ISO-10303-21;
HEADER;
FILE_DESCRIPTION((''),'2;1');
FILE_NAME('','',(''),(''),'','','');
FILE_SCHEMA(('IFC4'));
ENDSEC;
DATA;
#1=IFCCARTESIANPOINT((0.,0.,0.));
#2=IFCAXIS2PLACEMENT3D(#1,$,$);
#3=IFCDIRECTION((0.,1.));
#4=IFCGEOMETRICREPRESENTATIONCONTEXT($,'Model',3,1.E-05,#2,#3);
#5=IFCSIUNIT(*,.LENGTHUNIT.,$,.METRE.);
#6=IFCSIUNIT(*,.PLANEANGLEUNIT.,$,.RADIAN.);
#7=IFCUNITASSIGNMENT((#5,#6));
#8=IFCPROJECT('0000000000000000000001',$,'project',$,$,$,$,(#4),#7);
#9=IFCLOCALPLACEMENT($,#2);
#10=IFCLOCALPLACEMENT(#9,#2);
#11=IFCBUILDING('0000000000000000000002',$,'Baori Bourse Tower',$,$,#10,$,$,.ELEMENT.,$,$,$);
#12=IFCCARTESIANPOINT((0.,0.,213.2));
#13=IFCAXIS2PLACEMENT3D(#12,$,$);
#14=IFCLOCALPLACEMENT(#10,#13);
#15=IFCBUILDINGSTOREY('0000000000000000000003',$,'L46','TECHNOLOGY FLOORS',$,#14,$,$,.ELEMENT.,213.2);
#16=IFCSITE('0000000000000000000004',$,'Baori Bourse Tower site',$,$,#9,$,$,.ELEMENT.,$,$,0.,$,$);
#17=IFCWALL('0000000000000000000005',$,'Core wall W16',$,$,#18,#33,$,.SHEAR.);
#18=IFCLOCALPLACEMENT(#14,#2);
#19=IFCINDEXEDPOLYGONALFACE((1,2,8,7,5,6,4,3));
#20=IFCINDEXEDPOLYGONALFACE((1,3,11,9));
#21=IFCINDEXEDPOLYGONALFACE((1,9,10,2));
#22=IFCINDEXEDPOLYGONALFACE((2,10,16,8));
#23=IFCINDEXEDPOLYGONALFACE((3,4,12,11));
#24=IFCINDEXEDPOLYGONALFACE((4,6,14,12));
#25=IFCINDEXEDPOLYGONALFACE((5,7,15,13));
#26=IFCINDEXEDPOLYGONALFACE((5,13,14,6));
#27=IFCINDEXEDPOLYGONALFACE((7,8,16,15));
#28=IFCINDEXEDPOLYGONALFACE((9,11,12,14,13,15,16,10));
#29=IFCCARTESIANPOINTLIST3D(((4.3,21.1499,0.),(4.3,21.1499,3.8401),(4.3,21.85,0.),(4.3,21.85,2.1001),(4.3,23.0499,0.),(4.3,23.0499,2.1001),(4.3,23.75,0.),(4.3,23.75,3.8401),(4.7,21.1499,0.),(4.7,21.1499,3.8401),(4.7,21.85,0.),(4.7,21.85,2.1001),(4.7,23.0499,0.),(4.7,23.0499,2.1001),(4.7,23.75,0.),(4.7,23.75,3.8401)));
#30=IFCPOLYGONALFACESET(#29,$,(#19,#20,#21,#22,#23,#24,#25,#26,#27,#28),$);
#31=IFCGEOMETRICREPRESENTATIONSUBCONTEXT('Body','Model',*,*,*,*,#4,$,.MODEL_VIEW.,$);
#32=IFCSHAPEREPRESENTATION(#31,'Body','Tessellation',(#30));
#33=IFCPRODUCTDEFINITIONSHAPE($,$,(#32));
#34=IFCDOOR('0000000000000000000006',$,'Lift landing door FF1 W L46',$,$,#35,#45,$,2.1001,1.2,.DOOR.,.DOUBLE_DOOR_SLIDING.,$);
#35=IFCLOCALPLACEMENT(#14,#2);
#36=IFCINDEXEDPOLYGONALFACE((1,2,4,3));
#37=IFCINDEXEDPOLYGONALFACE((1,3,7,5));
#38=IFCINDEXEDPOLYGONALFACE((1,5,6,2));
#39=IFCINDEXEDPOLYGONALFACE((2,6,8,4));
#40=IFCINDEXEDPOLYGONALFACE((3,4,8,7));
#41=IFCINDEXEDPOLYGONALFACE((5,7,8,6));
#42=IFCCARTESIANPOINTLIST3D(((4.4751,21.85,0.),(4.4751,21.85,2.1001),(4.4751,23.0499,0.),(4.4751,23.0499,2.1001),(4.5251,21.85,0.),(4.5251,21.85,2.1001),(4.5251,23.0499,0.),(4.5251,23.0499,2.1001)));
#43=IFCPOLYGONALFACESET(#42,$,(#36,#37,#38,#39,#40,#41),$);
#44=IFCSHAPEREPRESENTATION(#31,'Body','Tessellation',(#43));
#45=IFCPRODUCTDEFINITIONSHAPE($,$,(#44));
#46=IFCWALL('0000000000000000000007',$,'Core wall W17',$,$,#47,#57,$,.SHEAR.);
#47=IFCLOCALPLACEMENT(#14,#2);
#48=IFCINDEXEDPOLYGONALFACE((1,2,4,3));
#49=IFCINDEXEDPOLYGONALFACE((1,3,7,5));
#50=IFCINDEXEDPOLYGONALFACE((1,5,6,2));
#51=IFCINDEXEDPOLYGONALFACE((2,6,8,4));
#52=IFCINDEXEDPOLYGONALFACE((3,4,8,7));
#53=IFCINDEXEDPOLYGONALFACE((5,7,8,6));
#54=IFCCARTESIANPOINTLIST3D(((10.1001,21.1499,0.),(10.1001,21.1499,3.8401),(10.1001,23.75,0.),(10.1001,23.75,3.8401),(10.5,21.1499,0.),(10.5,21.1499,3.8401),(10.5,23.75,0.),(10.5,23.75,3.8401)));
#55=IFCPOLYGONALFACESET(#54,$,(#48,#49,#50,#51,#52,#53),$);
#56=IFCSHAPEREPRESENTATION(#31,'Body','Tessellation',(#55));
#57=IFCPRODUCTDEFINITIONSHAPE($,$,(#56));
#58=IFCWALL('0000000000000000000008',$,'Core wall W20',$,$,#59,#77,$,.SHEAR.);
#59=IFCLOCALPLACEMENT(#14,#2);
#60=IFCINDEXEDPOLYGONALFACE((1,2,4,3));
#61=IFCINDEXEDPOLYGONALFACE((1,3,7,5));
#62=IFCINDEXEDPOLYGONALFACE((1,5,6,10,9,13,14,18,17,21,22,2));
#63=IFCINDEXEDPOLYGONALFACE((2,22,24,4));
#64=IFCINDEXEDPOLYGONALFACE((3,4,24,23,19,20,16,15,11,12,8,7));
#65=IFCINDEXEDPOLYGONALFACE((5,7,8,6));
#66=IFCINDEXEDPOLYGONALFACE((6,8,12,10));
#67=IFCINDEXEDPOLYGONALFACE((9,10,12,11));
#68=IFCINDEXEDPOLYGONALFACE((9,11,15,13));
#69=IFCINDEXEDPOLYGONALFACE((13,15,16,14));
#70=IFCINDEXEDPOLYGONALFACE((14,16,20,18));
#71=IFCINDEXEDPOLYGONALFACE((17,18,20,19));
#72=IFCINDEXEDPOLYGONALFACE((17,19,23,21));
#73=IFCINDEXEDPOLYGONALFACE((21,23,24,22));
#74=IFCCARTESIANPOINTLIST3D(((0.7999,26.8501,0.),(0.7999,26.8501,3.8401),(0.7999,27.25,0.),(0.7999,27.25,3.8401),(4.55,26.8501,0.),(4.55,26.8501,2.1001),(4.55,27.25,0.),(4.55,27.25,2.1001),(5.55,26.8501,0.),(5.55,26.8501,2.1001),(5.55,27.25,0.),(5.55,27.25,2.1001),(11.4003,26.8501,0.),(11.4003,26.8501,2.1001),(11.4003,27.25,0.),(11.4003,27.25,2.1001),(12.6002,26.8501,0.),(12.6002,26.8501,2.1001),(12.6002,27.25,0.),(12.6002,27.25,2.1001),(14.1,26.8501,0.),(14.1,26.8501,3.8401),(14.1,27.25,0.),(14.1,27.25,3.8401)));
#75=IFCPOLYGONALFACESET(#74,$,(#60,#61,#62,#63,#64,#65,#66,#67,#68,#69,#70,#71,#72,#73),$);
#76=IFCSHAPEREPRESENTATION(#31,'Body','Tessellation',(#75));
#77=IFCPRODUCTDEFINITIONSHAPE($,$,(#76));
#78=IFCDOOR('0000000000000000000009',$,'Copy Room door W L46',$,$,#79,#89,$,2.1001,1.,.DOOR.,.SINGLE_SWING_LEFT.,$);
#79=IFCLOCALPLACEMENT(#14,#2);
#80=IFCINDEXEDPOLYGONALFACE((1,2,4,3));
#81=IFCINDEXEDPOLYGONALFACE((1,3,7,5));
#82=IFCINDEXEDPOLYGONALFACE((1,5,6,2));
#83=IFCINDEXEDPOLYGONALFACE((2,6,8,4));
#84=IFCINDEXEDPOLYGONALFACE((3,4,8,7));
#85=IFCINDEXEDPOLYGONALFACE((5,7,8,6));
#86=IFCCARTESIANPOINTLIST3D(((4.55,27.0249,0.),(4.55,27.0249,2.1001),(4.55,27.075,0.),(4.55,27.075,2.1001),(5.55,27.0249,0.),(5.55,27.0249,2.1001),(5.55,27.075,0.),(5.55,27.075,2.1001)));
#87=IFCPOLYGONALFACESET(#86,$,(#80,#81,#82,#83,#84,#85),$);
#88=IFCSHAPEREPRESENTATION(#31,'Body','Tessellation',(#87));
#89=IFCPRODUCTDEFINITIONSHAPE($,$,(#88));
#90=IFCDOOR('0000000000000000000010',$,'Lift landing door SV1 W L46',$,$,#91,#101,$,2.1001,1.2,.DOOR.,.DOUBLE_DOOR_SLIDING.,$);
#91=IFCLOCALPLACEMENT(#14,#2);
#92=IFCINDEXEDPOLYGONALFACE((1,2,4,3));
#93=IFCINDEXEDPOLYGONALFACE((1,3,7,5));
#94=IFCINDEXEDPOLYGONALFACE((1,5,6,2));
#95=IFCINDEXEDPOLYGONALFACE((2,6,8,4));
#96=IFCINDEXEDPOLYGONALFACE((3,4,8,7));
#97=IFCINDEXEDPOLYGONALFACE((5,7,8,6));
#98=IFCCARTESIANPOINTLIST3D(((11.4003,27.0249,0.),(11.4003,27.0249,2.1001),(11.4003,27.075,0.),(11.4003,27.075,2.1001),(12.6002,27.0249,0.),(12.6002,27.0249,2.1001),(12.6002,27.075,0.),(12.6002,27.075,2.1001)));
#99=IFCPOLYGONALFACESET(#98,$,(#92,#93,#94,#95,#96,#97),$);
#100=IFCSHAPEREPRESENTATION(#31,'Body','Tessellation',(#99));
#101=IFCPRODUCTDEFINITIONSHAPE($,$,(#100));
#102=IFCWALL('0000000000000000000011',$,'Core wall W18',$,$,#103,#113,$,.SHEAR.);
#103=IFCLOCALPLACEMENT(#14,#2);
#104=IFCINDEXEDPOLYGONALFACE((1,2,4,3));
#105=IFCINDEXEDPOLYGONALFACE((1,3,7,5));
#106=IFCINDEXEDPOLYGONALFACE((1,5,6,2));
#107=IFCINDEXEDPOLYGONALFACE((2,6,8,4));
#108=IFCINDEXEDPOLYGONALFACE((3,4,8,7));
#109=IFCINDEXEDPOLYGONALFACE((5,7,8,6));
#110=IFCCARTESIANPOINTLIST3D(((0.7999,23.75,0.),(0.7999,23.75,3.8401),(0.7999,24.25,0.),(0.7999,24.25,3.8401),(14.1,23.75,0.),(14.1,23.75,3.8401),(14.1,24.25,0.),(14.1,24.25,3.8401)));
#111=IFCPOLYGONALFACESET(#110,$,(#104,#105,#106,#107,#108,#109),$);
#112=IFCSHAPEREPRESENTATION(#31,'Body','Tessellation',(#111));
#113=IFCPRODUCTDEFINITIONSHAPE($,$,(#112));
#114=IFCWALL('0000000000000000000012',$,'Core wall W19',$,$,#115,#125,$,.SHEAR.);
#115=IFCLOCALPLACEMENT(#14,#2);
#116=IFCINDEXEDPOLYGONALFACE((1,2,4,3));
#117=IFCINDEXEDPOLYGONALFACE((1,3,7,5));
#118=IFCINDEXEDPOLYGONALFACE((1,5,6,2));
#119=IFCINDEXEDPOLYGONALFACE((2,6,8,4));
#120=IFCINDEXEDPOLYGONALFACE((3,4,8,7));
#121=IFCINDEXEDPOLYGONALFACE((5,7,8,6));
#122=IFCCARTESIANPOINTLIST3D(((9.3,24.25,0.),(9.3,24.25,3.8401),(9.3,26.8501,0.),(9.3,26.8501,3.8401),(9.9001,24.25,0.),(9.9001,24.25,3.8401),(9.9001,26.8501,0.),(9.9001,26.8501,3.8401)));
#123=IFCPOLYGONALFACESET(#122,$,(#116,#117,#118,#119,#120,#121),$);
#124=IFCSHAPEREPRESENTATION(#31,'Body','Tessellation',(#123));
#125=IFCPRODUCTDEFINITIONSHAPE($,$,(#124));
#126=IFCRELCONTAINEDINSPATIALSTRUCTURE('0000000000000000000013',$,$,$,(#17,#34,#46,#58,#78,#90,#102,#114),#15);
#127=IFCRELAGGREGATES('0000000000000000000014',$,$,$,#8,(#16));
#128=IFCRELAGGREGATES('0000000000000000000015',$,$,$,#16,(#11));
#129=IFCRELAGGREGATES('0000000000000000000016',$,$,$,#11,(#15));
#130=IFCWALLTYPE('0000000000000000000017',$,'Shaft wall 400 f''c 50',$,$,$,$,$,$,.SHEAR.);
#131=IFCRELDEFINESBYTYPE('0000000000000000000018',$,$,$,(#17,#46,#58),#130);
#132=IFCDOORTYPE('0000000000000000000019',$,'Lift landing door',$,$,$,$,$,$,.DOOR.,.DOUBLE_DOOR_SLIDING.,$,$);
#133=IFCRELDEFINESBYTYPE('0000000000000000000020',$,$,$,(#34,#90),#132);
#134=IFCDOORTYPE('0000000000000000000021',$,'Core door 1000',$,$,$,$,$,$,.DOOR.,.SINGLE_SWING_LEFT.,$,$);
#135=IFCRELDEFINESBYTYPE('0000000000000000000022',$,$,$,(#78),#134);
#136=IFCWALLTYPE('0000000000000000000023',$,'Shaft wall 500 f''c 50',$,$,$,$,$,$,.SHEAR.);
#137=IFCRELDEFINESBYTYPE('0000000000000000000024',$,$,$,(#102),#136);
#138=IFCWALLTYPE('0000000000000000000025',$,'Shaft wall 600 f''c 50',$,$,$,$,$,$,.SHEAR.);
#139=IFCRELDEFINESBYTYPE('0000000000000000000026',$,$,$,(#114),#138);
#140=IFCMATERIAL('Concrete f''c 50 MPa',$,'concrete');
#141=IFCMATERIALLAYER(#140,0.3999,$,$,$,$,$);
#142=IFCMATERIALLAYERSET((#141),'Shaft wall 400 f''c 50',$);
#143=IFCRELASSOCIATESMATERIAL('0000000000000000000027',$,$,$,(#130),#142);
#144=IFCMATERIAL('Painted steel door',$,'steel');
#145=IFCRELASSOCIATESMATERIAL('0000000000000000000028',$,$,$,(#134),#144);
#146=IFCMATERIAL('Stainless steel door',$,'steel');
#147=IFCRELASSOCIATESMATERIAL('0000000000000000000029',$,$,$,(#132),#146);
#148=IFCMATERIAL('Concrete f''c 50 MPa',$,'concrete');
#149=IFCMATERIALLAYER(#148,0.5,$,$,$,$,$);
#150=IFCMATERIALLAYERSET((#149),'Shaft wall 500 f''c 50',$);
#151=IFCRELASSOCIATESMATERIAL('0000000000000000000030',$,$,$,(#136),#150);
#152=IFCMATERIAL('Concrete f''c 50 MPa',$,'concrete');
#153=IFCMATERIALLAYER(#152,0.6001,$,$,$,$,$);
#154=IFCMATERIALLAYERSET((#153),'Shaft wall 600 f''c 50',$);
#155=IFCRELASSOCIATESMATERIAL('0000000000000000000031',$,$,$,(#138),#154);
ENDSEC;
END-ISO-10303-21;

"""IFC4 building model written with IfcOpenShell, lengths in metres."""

from ifc_helpers import new_model, si_unit, direction, frame, frame_2d, origin, place, context, subcontext, project, spatial, rectangle, extrude, material, layer, layer_set, type_object, element, fill, save


model = new_model("IFC4")

# Units and contexts
model_context = context("Model", 3, precision=1e-05, world=origin(), true_north=direction((0.0, 1.0)))
body_context = subcontext(model_context, "Body", "Model", "MODEL_VIEW")
ifc_project = project(units=[si_unit("LENGTHUNIT", "METRE"), si_unit("PLANEANGLEUNIT", "RADIAN")], contexts=[model_context])

# Site, building, storey
site_placement = place(None, origin())
site = spatial("IfcSite", under=ifc_project, at=site_placement, Name="Baori Bourse Tower site", CompositionType="ELEMENT", RefElevation=0.0)
building_placement = place(site_placement, origin())
building = spatial("IfcBuilding", under=site, at=building_placement, Name="Baori Bourse Tower", CompositionType="ELEMENT")
storey_placement = place(building_placement, frame((0.0, 0.0, 213.2)))
storey = spatial("IfcBuildingStorey", under=building, at=storey_placement, Name="L46", Description="TECHNOLOGY FLOORS", CompositionType="ELEMENT", Elevation=213.2)

# Shared definitions
ifc_material_1 = material(Name="Concrete f'c 50 MPa", Category="concrete")
ifc_layer_1 = layer(ifc_material_1, 0.3999)
ifc_layer_set_1 = layer_set([ifc_layer_1], Name="Shaft wall 400 f'c 50")
wall_type_1 = type_object("IfcWallType", Name="Shaft wall 400 f'c 50", PredefinedType="SHEAR", material=ifc_layer_set_1)
ifc_material_2 = material(Name="Painted steel door", Category="steel")
door_type_1 = type_object("IfcDoorType", Name="Core door 1000", OperationType="SINGLE_SWING_LEFT", PredefinedType="DOOR", material=ifc_material_2)

# Wall, opening, door
wall_1_placement = place(storey_placement, frame((4.5, 21.1499, 0.0), z_axis=(0.0, 0.0, 1.0), x_axis=(0.0, 1.0, 0.0)))
wall_1 = element("IfcWall", 1, at=wall_1_placement, inside=storey, type_object=wall_type_1, Name="Core wall W16", PredefinedType="SHEAR", context=body_context, shape_type="SweptSolid", body=[
    extrude(rectangle(XDim=2.6001, YDim=0.3999, at=frame_2d((1.3, 0.0))), origin(), (0.0, 0.0, 1.0), 3.8401),
])
opening_1_placement = place(wall_1_placement, frame((0.7, 0.0, 0.0)))
opening_1 = element("IfcOpeningElement", 2, at=opening_1_placement, cuts=wall_1, PredefinedType="OPENING", context=body_context, shape_type="SweptSolid", body=[
    extrude(rectangle(XDim=1.2, YDim=2.1001, at=frame_2d((0.6001, 1.05))), frame((0.0, 0.21, 0.0), z_axis=(0.0, -1.0, 0.0), x_axis=(1.0, 0.0, 0.0)), (0.0, 0.0, 1.0), 0.4199),
])
ifc_material_3 = material(Name="Stainless steel door", Category="steel")
door_type_2 = type_object("IfcDoorType", Name="Lift landing door", OperationType="DOUBLE_DOOR_SLIDING", PredefinedType="DOOR", material=ifc_material_3)
door_1_placement = place(opening_1_placement, origin())
door_1 = element("IfcDoor", 3, at=door_1_placement, inside=storey, type_object=door_type_2, Name="Lift landing door FF1 W L46", OperationType="DOUBLE_DOOR_SLIDING", OverallHeight=2.1001, OverallWidth=1.2, PredefinedType="DOOR", context=body_context, shape_type="SweptSolid", body=[
    extrude(rectangle(XDim=1.2, YDim=2.1001, at=frame_2d((0.6001, 1.05))), frame((0.0, 0.0249, 0.0), z_axis=(0.0, -1.0, 0.0), x_axis=(1.0, 0.0, 0.0)), (0.0, 0.0, 1.0), 0.05),
])
fill(opening_1, door_1)

# Wall
wall_2_placement = place(storey_placement, frame((10.3, 21.1499, 0.0), z_axis=(0.0, 0.0, 1.0), x_axis=(0.0, 1.0, 0.0)))
element("IfcWall", 4, at=wall_2_placement, inside=storey, type_object=wall_type_1, Name="Core wall W17", PredefinedType="SHEAR", context=body_context, shape_type="SweptSolid", body=[
    extrude(rectangle(XDim=2.6001, YDim=0.3999, at=frame_2d((1.3, 0.0))), origin(), (0.0, 0.0, 1.0), 3.8401),
])

# Wall, openings, doors
wall_3_placement = place(storey_placement, frame((0.8, 27.05, 0.0), z_axis=(0.0, 0.0, 1.0), x_axis=(1.0, 0.0, 0.0)))
wall_3 = element("IfcWall", 5, at=wall_3_placement, inside=storey, type_object=wall_type_1, Name="Core wall W20", PredefinedType="SHEAR", context=body_context, shape_type="SweptSolid", body=[
    extrude(rectangle(XDim=13.3, YDim=0.3999, at=frame_2d((6.6499, 0.0))), origin(), (0.0, 0.0, 1.0), 3.8401),
])
opening_2_placement = place(wall_3_placement, frame((3.75, 0.0, 0.0)))
opening_2 = element("IfcOpeningElement", 6, at=opening_2_placement, cuts=wall_3, PredefinedType="OPENING", context=body_context, shape_type="SweptSolid", body=[
    extrude(rectangle(XDim=1.0, YDim=2.1001, at=frame_2d((0.5, 1.05))), frame((0.0, 0.21, 0.0), z_axis=(0.0, -1.0, 0.0), x_axis=(1.0, 0.0, 0.0)), (0.0, 0.0, 1.0), 0.4199),
])
opening_3_placement = place(wall_3_placement, frame((10.6001, 0.0, 0.0)))
opening_3 = element("IfcOpeningElement", 7, at=opening_3_placement, cuts=wall_3, PredefinedType="OPENING", context=body_context, shape_type="SweptSolid", body=[
    extrude(rectangle(XDim=1.2, YDim=2.1001, at=frame_2d((0.6001, 1.05))), frame((0.0, 0.21, 0.0), z_axis=(0.0, -1.0, 0.0), x_axis=(1.0, 0.0, 0.0)), (0.0, 0.0, 1.0), 0.4199),
])
door_2_placement = place(opening_2_placement, origin())
door_2 = element("IfcDoor", 8, at=door_2_placement, inside=storey, type_object=door_type_1, Name="Copy Room door W L46", OperationType="SINGLE_SWING_LEFT", OverallHeight=2.1001, OverallWidth=1.0, PredefinedType="DOOR", context=body_context, shape_type="SweptSolid", body=[
    extrude(rectangle(XDim=1.0, YDim=2.1001, at=frame_2d((0.5, 1.05))), frame((0.0, 0.0249, 0.0), z_axis=(0.0, -1.0, 0.0), x_axis=(1.0, 0.0, 0.0)), (0.0, 0.0, 1.0), 0.05),
])
fill(opening_2, door_2)
door_3_placement = place(opening_3_placement, origin())
door_3 = element("IfcDoor", 9, at=door_3_placement, inside=storey, type_object=door_type_2, Name="Lift landing door SV1 W L46", OperationType="DOUBLE_DOOR_SLIDING", OverallHeight=2.1001, OverallWidth=1.2, PredefinedType="DOOR", context=body_context, shape_type="SweptSolid", body=[
    extrude(rectangle(XDim=1.2, YDim=2.1001, at=frame_2d((0.6001, 1.05))), frame((0.0, 0.0249, 0.0), z_axis=(0.0, -1.0, 0.0), x_axis=(1.0, 0.0, 0.0)), (0.0, 0.0, 1.0), 0.05),
])
fill(opening_3, door_3)

# Walls
ifc_material_4 = material(Name="Concrete f'c 50 MPa", Category="concrete")
ifc_layer_2 = layer(ifc_material_4, 0.5)
ifc_layer_set_2 = layer_set([ifc_layer_2], Name="Shaft wall 500 f'c 50")
wall_type_2 = type_object("IfcWallType", Name="Shaft wall 500 f'c 50", PredefinedType="SHEAR", material=ifc_layer_set_2)
wall_4_placement = place(storey_placement, frame((0.8, 24.0, 0.0), z_axis=(0.0, 0.0, 1.0), x_axis=(1.0, 0.0, 0.0)))
element("IfcWall", 10, at=wall_4_placement, inside=storey, type_object=wall_type_2, Name="Core wall W18", PredefinedType="SHEAR", context=body_context, shape_type="SweptSolid", body=[
    extrude(rectangle(XDim=13.3, YDim=0.5, at=frame_2d((6.6499, 0.0))), origin(), (0.0, 0.0, 1.0), 3.8401),
])
ifc_material_5 = material(Name="Concrete f'c 50 MPa", Category="concrete")
ifc_layer_3 = layer(ifc_material_5, 0.6001)
ifc_layer_set_3 = layer_set([ifc_layer_3], Name="Shaft wall 600 f'c 50")
wall_type_3 = type_object("IfcWallType", Name="Shaft wall 600 f'c 50", PredefinedType="SHEAR", material=ifc_layer_set_3)
wall_5_placement = place(storey_placement, frame((9.6001, 24.25, 0.0), z_axis=(0.0, 0.0, 1.0), x_axis=(0.0, 1.0, 0.0)))
element("IfcWall", 11, at=wall_5_placement, inside=storey, type_object=wall_type_3, Name="Core wall W19", PredefinedType="SHEAR", context=body_context, shape_type="SweptSolid", body=[
    extrude(rectangle(XDim=2.6001, YDim=0.6001, at=frame_2d((1.3, 0.0))), origin(), (0.0, 0.0, 1.0), 3.8401),
])

save(model, "model.ifc")
